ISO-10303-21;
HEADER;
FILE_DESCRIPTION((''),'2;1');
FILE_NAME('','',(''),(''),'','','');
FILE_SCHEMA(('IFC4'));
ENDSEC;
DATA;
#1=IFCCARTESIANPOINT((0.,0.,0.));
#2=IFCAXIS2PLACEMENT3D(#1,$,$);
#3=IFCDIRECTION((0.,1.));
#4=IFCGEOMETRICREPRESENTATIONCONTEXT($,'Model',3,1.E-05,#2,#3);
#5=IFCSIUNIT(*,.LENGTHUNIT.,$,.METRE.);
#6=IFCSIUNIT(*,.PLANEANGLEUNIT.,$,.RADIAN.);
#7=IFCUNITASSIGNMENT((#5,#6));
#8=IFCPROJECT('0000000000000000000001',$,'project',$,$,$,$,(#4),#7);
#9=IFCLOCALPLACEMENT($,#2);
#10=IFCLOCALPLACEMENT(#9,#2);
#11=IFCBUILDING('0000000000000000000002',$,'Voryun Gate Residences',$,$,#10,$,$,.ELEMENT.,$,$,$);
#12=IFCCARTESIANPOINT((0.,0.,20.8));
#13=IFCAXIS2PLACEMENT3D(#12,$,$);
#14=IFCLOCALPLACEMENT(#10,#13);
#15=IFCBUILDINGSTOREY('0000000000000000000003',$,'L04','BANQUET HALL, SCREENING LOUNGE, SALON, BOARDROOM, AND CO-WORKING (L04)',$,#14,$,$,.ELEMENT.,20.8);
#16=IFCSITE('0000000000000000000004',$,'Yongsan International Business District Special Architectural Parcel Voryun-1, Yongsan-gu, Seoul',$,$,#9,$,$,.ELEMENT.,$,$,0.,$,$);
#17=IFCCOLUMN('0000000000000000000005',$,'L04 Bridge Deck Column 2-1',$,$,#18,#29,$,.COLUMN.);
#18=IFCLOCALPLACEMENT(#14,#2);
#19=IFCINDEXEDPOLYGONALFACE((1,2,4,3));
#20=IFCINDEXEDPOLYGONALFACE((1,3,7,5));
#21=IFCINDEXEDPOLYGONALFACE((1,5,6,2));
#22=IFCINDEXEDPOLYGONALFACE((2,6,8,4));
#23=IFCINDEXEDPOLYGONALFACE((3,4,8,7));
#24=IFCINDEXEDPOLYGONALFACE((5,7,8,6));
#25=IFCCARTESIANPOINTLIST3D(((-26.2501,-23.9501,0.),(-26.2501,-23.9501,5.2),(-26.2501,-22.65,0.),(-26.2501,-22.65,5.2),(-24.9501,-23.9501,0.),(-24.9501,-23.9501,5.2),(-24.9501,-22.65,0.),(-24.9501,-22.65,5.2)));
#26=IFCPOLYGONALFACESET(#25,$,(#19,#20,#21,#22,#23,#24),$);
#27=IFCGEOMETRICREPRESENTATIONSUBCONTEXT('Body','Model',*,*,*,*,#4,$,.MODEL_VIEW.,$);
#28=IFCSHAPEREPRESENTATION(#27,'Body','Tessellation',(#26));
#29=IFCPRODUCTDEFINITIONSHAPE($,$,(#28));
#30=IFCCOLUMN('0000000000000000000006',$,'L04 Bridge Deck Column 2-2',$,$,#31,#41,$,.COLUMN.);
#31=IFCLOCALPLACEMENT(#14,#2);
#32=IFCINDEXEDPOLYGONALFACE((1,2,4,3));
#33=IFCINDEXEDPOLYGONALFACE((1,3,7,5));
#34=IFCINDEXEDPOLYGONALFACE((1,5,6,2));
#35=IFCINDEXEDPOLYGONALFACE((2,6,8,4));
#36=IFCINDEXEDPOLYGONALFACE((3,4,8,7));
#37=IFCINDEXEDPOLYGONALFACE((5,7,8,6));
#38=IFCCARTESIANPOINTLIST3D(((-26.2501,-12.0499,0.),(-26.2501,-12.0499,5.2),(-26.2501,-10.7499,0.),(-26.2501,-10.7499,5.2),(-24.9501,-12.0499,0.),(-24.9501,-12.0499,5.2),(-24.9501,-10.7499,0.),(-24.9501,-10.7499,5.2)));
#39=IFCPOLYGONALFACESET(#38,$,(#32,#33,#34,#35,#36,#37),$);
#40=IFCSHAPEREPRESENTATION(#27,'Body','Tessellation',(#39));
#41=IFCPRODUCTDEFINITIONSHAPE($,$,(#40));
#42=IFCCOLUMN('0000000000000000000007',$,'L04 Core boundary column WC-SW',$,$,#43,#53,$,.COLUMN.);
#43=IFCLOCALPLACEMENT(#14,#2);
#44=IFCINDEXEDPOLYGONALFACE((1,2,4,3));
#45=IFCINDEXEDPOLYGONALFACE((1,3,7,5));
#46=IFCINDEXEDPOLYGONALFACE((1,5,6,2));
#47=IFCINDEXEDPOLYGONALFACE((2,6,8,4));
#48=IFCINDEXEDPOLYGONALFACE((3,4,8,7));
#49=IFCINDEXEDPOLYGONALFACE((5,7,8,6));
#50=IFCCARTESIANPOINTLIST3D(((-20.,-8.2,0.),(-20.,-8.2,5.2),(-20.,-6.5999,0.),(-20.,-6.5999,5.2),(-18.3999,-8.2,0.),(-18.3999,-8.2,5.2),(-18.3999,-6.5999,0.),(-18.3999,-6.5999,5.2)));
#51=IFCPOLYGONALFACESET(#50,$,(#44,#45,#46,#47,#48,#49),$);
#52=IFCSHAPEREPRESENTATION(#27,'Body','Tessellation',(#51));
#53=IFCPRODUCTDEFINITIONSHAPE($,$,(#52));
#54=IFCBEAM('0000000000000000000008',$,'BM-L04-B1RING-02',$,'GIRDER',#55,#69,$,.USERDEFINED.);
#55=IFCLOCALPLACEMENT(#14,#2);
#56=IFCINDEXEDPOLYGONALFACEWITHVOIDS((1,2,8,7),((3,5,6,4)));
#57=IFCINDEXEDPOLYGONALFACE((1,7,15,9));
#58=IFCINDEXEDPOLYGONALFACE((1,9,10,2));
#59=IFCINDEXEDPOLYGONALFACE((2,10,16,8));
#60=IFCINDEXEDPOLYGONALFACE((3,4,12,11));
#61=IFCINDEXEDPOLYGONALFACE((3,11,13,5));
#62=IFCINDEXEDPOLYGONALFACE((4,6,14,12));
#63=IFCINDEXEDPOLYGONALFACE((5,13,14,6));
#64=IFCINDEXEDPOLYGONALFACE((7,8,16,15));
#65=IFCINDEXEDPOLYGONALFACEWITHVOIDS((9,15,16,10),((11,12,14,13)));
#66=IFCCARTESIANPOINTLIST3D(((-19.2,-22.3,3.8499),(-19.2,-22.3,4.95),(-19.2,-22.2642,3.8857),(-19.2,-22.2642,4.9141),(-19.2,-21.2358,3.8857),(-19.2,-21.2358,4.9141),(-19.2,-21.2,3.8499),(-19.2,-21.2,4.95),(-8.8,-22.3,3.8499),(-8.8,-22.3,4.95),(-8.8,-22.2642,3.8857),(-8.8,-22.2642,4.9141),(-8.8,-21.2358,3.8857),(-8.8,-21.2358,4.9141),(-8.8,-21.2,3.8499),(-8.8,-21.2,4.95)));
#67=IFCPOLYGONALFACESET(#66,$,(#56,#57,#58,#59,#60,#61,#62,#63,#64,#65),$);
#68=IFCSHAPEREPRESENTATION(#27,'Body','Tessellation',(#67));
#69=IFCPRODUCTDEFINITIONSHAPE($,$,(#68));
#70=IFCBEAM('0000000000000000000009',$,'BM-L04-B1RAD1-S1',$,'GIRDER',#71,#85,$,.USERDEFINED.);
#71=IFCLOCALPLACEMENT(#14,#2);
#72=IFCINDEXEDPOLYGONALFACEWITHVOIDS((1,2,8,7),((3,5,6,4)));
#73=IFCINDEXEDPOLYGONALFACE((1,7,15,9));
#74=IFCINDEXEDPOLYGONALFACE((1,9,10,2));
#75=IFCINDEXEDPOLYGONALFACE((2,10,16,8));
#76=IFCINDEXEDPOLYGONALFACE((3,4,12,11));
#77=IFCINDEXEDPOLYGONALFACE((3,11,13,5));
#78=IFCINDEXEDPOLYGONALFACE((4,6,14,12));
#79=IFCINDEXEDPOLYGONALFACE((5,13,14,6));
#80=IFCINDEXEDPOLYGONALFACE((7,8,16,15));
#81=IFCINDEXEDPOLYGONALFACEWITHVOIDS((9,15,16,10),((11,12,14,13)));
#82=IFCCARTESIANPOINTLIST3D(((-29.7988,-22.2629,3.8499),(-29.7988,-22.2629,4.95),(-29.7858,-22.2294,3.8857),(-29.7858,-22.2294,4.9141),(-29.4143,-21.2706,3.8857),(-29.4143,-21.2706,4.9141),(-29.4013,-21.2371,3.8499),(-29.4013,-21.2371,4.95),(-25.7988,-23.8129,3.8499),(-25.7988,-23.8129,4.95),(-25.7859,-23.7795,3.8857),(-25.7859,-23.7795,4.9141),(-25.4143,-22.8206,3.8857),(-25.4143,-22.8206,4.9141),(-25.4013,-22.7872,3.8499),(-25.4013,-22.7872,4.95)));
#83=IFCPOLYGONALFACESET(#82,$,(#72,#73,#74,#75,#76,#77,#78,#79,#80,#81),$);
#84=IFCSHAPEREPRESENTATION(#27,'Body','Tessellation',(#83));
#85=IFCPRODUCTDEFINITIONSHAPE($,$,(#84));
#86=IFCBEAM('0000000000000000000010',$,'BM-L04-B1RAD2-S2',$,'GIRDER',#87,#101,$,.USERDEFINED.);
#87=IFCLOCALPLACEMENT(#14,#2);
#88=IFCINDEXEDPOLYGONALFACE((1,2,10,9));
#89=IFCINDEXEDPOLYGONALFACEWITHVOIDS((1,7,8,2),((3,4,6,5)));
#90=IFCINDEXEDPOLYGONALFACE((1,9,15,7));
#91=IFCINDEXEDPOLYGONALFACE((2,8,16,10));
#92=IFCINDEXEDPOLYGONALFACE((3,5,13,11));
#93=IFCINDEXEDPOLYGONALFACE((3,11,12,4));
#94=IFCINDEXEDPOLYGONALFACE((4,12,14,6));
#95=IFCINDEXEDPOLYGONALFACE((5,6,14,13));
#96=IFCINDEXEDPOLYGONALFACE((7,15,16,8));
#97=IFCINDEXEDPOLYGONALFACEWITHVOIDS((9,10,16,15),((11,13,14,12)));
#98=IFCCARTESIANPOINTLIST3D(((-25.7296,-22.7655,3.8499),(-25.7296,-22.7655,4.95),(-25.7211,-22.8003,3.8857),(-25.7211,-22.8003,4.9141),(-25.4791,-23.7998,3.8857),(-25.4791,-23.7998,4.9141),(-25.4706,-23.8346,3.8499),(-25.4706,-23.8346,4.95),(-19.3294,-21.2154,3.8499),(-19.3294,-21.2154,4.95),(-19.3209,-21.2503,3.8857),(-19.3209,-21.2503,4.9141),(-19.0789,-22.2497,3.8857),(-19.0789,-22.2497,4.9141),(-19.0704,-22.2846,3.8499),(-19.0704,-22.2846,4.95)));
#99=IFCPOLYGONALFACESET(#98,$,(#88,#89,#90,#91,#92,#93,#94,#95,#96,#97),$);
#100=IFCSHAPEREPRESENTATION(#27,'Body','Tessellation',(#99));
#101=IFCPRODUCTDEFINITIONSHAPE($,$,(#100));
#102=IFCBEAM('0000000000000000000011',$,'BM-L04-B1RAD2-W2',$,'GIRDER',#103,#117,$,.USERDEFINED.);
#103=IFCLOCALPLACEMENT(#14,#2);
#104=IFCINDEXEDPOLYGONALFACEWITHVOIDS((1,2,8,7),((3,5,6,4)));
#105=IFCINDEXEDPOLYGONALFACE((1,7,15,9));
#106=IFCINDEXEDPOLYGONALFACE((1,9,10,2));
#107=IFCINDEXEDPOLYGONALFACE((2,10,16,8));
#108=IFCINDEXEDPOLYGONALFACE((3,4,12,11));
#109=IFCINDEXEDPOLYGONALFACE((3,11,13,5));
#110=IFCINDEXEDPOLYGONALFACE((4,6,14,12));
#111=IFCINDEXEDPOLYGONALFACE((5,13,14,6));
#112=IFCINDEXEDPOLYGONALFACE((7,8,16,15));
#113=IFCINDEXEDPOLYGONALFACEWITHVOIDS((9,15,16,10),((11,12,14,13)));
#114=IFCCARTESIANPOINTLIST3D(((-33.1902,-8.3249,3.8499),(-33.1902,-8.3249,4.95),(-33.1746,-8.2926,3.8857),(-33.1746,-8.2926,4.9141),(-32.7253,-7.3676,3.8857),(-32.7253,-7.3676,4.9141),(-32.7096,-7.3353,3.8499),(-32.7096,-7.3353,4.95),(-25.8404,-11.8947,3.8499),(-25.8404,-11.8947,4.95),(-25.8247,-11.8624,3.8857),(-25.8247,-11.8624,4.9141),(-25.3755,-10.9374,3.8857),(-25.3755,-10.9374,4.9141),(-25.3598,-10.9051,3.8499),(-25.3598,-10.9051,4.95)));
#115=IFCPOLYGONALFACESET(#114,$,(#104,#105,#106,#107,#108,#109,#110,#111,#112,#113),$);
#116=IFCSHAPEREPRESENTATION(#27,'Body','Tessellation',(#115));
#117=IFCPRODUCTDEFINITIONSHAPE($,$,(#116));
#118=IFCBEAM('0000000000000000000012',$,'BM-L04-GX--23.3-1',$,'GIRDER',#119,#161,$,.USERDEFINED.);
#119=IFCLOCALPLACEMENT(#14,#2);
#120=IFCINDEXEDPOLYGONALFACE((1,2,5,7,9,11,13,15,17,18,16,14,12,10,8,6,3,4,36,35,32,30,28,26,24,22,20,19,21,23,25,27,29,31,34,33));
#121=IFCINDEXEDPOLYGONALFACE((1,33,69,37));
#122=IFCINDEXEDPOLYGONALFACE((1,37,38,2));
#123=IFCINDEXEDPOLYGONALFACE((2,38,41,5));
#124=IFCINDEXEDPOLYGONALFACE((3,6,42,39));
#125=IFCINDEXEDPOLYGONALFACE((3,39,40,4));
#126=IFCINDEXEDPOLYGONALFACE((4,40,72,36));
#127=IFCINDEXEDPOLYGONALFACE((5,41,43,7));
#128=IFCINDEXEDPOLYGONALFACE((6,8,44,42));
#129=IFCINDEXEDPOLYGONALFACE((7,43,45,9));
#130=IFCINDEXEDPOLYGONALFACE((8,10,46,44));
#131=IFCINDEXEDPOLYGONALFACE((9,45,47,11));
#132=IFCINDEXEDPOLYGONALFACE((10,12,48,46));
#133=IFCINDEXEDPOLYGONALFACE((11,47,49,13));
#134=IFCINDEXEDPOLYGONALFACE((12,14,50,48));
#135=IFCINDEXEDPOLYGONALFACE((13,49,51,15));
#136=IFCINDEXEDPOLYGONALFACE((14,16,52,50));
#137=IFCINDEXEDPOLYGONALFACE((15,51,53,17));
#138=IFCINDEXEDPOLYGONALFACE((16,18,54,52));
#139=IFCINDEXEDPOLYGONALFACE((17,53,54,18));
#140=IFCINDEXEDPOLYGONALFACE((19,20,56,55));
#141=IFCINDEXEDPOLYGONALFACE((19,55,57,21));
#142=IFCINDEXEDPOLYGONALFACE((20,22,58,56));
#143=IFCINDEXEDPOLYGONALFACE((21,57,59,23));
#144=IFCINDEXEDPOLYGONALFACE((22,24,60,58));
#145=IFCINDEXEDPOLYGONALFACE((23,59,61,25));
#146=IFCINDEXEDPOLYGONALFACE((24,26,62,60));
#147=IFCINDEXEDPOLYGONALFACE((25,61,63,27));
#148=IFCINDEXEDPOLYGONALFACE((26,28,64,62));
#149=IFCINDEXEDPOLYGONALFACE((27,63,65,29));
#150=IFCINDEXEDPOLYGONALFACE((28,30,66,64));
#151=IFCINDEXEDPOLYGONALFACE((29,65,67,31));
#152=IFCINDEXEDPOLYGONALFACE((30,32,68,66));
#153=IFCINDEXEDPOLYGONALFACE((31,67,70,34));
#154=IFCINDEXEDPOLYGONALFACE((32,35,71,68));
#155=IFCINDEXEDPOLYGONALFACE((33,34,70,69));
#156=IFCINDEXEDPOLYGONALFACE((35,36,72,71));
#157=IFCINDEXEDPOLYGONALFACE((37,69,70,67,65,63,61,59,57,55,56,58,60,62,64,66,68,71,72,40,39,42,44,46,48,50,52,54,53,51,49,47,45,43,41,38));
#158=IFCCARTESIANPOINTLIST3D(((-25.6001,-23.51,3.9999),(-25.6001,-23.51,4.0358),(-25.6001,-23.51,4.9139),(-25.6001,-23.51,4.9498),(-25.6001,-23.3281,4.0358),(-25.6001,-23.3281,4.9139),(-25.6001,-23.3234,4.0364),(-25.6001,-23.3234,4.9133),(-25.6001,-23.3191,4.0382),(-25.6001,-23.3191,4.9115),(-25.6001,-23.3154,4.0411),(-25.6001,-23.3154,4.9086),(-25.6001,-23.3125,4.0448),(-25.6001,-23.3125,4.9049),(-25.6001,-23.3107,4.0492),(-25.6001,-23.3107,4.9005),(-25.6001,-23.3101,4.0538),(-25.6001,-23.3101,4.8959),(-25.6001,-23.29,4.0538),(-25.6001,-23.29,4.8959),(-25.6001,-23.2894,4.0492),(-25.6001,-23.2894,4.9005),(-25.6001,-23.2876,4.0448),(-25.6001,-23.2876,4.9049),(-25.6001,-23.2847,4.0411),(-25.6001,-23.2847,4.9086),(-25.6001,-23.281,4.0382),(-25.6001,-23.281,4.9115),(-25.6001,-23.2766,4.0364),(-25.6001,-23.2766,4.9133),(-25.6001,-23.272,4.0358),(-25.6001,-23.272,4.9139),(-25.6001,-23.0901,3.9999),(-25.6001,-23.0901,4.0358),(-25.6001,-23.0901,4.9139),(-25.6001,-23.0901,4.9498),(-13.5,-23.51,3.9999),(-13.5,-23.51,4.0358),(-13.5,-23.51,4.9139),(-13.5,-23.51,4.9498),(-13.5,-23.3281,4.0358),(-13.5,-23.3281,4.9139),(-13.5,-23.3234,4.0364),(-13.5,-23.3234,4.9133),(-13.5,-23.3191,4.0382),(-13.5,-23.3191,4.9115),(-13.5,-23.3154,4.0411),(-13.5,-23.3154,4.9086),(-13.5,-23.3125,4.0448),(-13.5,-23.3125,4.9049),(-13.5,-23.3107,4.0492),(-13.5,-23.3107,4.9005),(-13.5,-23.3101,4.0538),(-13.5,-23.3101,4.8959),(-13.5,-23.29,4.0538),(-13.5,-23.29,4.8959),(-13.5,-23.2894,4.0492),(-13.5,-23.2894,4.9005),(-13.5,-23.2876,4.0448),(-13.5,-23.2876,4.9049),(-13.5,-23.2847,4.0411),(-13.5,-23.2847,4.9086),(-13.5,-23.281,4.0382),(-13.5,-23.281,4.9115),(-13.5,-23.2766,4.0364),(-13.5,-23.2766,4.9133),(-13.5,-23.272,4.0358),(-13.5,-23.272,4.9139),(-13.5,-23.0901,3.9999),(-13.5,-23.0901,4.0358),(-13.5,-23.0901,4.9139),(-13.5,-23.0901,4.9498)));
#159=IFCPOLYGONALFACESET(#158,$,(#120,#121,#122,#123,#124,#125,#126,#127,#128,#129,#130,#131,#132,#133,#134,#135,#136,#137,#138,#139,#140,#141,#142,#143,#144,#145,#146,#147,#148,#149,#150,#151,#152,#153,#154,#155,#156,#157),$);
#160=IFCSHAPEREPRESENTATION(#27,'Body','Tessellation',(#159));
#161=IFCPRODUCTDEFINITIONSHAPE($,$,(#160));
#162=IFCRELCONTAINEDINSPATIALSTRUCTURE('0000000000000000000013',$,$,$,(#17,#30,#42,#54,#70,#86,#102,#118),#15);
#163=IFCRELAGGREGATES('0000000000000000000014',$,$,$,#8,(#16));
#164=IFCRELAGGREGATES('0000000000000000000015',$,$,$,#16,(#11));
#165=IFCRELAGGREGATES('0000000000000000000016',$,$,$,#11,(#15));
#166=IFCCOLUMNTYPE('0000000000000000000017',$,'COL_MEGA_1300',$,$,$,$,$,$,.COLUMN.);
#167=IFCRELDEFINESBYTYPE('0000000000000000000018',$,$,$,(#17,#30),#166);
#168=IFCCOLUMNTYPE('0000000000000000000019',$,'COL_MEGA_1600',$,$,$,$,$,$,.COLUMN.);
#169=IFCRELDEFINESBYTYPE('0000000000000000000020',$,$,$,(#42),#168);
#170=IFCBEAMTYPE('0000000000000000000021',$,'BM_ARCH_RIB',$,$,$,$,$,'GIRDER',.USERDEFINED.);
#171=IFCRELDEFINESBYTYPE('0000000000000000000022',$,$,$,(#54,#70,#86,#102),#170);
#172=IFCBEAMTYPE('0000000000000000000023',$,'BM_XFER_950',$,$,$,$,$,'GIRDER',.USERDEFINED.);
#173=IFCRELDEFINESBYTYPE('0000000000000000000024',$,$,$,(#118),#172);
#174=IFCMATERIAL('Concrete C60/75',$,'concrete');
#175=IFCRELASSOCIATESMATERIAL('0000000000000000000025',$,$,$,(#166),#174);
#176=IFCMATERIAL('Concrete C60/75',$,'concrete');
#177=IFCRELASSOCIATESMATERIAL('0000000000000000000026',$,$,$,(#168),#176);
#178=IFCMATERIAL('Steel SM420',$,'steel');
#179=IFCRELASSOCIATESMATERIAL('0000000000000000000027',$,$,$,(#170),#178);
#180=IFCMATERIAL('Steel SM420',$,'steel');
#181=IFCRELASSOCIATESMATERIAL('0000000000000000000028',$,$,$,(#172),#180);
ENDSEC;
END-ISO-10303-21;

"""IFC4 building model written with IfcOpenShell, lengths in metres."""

from ifc_helpers import new_model, si_unit, direction, frame, origin, origin_2d, place, context, subcontext, project, spatial, rectangle, hollow_rectangle, i_section, extrude, material, material_profile, profile_set, type_object, element, save


model = new_model("IFC4")

# Units and contexts
model_context = context("Model", 3, precision=1e-05, world=origin(), true_north=direction((0.0, 1.0)))
body_context = subcontext(model_context, "Body", "Model", "MODEL_VIEW")
ifc_project = project(units=[si_unit("LENGTHUNIT", "METRE"), si_unit("PLANEANGLEUNIT", "RADIAN")], contexts=[model_context])

# Site, building, storey
site_placement = place(None, origin())
site = spatial("IfcSite", under=ifc_project, at=site_placement, Name="Yongsan International Business District Special Architectural Parcel Voryun-1, Yongsan-gu, Seoul", CompositionType="ELEMENT", RefElevation=0.0)
building_placement = place(site_placement, origin())
building = spatial("IfcBuilding", under=site, at=building_placement, Name="Voryun Gate Residences", CompositionType="ELEMENT")
storey_placement = place(building_placement, frame((0.0, 0.0, 20.8)))
storey = spatial("IfcBuildingStorey", under=building, at=storey_placement, Name="L04", Description="BANQUET HALL, SCREENING LOUNGE, SALON, BOARDROOM, AND CO-WORKING (L04)", CompositionType="ELEMENT", Elevation=20.8)

# Columns
ifc_material_1 = material(Name="Concrete C60/75", Category="concrete")
ifc_material_profile_1 = material_profile(ifc_material_1, rectangle(XDim=1.3, YDim=1.3, at=origin_2d()), Name="RC-1300x1300")
ifc_profile_set_1 = profile_set([ifc_material_profile_1], Name="Concrete C60/75")
column_type_1 = type_object("IfcColumnType", Name="COL_MEGA_1300", PredefinedType="COLUMN", material=ifc_profile_set_1)
for number, where, z_axis, x_axis, name in (
    (1, (-25.6001, -23.3, 0.0), (0.0, 0.0, 1.0), (1.0, 0.0, 0.0), "L04 Bridge Deck Column 2-1"),
    (2, (-25.6001, -11.3999, 0.0), (0.0, 0.0, 1.0), (1.0, 0.0, 0.0), "L04 Bridge Deck Column 2-2"),
):
    element("IfcColumn", number, at=place(storey_placement, frame(where, z_axis=z_axis, x_axis=x_axis)), inside=storey, type_object=column_type_1, Name=name, PredefinedType="COLUMN", context=body_context, shape_type="SweptSolid", body=[
        extrude(rectangle(XDim=1.3, YDim=1.3, at=origin_2d()), origin(), (0.0, 0.0, 1.0), 5.2),
    ])
ifc_material_2 = material(Name="Concrete C60/75", Category="concrete")
ifc_material_profile_2 = material_profile(ifc_material_2, rectangle(XDim=1.6001, YDim=1.6001, at=origin_2d()), Name="RC-1600x1600")
ifc_profile_set_2 = profile_set([ifc_material_profile_2], Name="Concrete C60/75")
column_type_2 = type_object("IfcColumnType", Name="COL_MEGA_1600", PredefinedType="COLUMN", material=ifc_profile_set_2)
column_placement = place(storey_placement, frame((-19.2, -7.3999, 0.0), z_axis=(0.0, 0.0, 1.0), x_axis=(1.0, 0.0, 0.0)))
element("IfcColumn", 3, at=column_placement, inside=storey, type_object=column_type_2, Name="L04 Core boundary column WC-SW", PredefinedType="COLUMN", context=body_context, shape_type="SweptSolid", body=[
    extrude(rectangle(XDim=1.6001, YDim=1.6001, at=origin_2d()), origin(), (0.0, 0.0, 1.0), 5.2),
])

# Beams
ifc_material_3 = material(Name="Steel SM420", Category="steel")
ifc_material_profile_3 = material_profile(ifc_material_3, hollow_rectangle(XDim=1.1001, YDim=1.1001, WallThickness=0.0359, at=origin_2d()), Name="BOX-1100x1100x36")
ifc_profile_set_3 = profile_set([ifc_material_profile_3], Name="Steel SM420")
beam_type_1 = type_object("IfcBeamType", Name="BM_ARCH_RIB", ElementType="GIRDER", PredefinedType="USERDEFINED", material=ifc_profile_set_3)
beam_1_placement = place(storey_placement, frame((-19.2, -21.75, 4.3999), z_axis=(1.0, 0.0, 0.0), x_axis=(0.0, 1.0, 0.0)))
element("IfcBeam", 4, at=beam_1_placement, inside=storey, type_object=beam_type_1, Name="BM-L04-B1RING-02", ObjectType="GIRDER", PredefinedType="USERDEFINED", context=body_context, shape_type="SweptSolid", body=[
    extrude(hollow_rectangle(XDim=1.1001, YDim=1.1001, WallThickness=0.0359, at=origin_2d()), origin(), (0.0, 0.0, 1.0), 10.3999),
])
beam_2_placement = place(storey_placement, frame((-25.6001, -23.3, 4.3999), z_axis=(-0.932438, 0.361331, 0.0), x_axis=(-0.361331, -0.932438, 0.0)))
element("IfcBeam", 5, at=beam_2_placement, inside=storey, type_object=beam_type_1, Name="BM-L04-B1RAD1-S1", ObjectType="GIRDER", PredefinedType="USERDEFINED", context=body_context, shape_type="SweptSolid", body=[
    extrude(hollow_rectangle(XDim=1.1001, YDim=1.1001, WallThickness=0.0359, at=origin_2d()), origin(), (0.0, 0.0, 1.0), 4.2898),
])
beam_3_placement = place(storey_placement, frame((-25.6001, -23.3, 4.3999), z_axis=(0.971902, 0.235385, 0.0), x_axis=(-0.235385, 0.971902, 0.0)))
element("IfcBeam", 6, at=beam_3_placement, inside=storey, type_object=beam_type_1, Name="BM-L04-B1RAD2-S2", ObjectType="GIRDER", PredefinedType="USERDEFINED", context=body_context, shape_type="SweptSolid", body=[
    extrude(hollow_rectangle(XDim=1.1001, YDim=1.1001, WallThickness=0.0359, at=origin_2d()), origin(), (0.0, 0.0, 1.0), 6.5852),
])
beam_4_placement = place(storey_placement, frame((-25.6001, -11.3999, 4.3999), z_axis=(-0.899513, 0.436894, 0.0), x_axis=(-0.436894, -0.899513, 0.0)))
element("IfcBeam", 7, at=beam_4_placement, inside=storey, type_object=beam_type_1, Name="BM-L04-B1RAD2-W2", ObjectType="GIRDER", PredefinedType="USERDEFINED", context=body_context, shape_type="SweptSolid", body=[
    extrude(hollow_rectangle(XDim=1.1001, YDim=1.1001, WallThickness=0.0359, at=origin_2d()), origin(), (0.0, 0.0, 1.0), 8.1709),
])
ifc_material_4 = material(Name="Steel SM420", Category="steel")
ifc_material_profile_4 = material_profile(ifc_material_4, i_section(OverallWidth=0.4199, OverallDepth=0.95, WebThickness=0.02, FlangeThickness=0.0359, FilletRadius=0.0181, at=origin_2d()), Name="H-950x420x20x36")
ifc_profile_set_4 = profile_set([ifc_material_profile_4], Name="Steel SM420")
beam_type_2 = type_object("IfcBeamType", Name="BM_XFER_950", ElementType="GIRDER", PredefinedType="USERDEFINED", material=ifc_profile_set_4)
for number, where, z_axis, x_axis, name in (
    (8, (-25.6001, -23.3, 4.4749), (1.0, 0.0, 0.0), (0.0, 1.0, 0.0), "BM-L04-GX--23.3-1"),
):
    element("IfcBeam", number, at=place(storey_placement, frame(where, z_axis=z_axis, x_axis=x_axis)), inside=storey, type_object=beam_type_2, Name=name, ObjectType="GIRDER", PredefinedType="USERDEFINED", context=body_context, shape_type="SweptSolid", body=[
        extrude(i_section(OverallWidth=0.4199, OverallDepth=0.95, WebThickness=0.02, FlangeThickness=0.0359, FilletRadius=0.0181, at=origin_2d()), origin(), (0.0, 0.0, 1.0), 12.1001),
    ])

save(model, "model.ifc")
